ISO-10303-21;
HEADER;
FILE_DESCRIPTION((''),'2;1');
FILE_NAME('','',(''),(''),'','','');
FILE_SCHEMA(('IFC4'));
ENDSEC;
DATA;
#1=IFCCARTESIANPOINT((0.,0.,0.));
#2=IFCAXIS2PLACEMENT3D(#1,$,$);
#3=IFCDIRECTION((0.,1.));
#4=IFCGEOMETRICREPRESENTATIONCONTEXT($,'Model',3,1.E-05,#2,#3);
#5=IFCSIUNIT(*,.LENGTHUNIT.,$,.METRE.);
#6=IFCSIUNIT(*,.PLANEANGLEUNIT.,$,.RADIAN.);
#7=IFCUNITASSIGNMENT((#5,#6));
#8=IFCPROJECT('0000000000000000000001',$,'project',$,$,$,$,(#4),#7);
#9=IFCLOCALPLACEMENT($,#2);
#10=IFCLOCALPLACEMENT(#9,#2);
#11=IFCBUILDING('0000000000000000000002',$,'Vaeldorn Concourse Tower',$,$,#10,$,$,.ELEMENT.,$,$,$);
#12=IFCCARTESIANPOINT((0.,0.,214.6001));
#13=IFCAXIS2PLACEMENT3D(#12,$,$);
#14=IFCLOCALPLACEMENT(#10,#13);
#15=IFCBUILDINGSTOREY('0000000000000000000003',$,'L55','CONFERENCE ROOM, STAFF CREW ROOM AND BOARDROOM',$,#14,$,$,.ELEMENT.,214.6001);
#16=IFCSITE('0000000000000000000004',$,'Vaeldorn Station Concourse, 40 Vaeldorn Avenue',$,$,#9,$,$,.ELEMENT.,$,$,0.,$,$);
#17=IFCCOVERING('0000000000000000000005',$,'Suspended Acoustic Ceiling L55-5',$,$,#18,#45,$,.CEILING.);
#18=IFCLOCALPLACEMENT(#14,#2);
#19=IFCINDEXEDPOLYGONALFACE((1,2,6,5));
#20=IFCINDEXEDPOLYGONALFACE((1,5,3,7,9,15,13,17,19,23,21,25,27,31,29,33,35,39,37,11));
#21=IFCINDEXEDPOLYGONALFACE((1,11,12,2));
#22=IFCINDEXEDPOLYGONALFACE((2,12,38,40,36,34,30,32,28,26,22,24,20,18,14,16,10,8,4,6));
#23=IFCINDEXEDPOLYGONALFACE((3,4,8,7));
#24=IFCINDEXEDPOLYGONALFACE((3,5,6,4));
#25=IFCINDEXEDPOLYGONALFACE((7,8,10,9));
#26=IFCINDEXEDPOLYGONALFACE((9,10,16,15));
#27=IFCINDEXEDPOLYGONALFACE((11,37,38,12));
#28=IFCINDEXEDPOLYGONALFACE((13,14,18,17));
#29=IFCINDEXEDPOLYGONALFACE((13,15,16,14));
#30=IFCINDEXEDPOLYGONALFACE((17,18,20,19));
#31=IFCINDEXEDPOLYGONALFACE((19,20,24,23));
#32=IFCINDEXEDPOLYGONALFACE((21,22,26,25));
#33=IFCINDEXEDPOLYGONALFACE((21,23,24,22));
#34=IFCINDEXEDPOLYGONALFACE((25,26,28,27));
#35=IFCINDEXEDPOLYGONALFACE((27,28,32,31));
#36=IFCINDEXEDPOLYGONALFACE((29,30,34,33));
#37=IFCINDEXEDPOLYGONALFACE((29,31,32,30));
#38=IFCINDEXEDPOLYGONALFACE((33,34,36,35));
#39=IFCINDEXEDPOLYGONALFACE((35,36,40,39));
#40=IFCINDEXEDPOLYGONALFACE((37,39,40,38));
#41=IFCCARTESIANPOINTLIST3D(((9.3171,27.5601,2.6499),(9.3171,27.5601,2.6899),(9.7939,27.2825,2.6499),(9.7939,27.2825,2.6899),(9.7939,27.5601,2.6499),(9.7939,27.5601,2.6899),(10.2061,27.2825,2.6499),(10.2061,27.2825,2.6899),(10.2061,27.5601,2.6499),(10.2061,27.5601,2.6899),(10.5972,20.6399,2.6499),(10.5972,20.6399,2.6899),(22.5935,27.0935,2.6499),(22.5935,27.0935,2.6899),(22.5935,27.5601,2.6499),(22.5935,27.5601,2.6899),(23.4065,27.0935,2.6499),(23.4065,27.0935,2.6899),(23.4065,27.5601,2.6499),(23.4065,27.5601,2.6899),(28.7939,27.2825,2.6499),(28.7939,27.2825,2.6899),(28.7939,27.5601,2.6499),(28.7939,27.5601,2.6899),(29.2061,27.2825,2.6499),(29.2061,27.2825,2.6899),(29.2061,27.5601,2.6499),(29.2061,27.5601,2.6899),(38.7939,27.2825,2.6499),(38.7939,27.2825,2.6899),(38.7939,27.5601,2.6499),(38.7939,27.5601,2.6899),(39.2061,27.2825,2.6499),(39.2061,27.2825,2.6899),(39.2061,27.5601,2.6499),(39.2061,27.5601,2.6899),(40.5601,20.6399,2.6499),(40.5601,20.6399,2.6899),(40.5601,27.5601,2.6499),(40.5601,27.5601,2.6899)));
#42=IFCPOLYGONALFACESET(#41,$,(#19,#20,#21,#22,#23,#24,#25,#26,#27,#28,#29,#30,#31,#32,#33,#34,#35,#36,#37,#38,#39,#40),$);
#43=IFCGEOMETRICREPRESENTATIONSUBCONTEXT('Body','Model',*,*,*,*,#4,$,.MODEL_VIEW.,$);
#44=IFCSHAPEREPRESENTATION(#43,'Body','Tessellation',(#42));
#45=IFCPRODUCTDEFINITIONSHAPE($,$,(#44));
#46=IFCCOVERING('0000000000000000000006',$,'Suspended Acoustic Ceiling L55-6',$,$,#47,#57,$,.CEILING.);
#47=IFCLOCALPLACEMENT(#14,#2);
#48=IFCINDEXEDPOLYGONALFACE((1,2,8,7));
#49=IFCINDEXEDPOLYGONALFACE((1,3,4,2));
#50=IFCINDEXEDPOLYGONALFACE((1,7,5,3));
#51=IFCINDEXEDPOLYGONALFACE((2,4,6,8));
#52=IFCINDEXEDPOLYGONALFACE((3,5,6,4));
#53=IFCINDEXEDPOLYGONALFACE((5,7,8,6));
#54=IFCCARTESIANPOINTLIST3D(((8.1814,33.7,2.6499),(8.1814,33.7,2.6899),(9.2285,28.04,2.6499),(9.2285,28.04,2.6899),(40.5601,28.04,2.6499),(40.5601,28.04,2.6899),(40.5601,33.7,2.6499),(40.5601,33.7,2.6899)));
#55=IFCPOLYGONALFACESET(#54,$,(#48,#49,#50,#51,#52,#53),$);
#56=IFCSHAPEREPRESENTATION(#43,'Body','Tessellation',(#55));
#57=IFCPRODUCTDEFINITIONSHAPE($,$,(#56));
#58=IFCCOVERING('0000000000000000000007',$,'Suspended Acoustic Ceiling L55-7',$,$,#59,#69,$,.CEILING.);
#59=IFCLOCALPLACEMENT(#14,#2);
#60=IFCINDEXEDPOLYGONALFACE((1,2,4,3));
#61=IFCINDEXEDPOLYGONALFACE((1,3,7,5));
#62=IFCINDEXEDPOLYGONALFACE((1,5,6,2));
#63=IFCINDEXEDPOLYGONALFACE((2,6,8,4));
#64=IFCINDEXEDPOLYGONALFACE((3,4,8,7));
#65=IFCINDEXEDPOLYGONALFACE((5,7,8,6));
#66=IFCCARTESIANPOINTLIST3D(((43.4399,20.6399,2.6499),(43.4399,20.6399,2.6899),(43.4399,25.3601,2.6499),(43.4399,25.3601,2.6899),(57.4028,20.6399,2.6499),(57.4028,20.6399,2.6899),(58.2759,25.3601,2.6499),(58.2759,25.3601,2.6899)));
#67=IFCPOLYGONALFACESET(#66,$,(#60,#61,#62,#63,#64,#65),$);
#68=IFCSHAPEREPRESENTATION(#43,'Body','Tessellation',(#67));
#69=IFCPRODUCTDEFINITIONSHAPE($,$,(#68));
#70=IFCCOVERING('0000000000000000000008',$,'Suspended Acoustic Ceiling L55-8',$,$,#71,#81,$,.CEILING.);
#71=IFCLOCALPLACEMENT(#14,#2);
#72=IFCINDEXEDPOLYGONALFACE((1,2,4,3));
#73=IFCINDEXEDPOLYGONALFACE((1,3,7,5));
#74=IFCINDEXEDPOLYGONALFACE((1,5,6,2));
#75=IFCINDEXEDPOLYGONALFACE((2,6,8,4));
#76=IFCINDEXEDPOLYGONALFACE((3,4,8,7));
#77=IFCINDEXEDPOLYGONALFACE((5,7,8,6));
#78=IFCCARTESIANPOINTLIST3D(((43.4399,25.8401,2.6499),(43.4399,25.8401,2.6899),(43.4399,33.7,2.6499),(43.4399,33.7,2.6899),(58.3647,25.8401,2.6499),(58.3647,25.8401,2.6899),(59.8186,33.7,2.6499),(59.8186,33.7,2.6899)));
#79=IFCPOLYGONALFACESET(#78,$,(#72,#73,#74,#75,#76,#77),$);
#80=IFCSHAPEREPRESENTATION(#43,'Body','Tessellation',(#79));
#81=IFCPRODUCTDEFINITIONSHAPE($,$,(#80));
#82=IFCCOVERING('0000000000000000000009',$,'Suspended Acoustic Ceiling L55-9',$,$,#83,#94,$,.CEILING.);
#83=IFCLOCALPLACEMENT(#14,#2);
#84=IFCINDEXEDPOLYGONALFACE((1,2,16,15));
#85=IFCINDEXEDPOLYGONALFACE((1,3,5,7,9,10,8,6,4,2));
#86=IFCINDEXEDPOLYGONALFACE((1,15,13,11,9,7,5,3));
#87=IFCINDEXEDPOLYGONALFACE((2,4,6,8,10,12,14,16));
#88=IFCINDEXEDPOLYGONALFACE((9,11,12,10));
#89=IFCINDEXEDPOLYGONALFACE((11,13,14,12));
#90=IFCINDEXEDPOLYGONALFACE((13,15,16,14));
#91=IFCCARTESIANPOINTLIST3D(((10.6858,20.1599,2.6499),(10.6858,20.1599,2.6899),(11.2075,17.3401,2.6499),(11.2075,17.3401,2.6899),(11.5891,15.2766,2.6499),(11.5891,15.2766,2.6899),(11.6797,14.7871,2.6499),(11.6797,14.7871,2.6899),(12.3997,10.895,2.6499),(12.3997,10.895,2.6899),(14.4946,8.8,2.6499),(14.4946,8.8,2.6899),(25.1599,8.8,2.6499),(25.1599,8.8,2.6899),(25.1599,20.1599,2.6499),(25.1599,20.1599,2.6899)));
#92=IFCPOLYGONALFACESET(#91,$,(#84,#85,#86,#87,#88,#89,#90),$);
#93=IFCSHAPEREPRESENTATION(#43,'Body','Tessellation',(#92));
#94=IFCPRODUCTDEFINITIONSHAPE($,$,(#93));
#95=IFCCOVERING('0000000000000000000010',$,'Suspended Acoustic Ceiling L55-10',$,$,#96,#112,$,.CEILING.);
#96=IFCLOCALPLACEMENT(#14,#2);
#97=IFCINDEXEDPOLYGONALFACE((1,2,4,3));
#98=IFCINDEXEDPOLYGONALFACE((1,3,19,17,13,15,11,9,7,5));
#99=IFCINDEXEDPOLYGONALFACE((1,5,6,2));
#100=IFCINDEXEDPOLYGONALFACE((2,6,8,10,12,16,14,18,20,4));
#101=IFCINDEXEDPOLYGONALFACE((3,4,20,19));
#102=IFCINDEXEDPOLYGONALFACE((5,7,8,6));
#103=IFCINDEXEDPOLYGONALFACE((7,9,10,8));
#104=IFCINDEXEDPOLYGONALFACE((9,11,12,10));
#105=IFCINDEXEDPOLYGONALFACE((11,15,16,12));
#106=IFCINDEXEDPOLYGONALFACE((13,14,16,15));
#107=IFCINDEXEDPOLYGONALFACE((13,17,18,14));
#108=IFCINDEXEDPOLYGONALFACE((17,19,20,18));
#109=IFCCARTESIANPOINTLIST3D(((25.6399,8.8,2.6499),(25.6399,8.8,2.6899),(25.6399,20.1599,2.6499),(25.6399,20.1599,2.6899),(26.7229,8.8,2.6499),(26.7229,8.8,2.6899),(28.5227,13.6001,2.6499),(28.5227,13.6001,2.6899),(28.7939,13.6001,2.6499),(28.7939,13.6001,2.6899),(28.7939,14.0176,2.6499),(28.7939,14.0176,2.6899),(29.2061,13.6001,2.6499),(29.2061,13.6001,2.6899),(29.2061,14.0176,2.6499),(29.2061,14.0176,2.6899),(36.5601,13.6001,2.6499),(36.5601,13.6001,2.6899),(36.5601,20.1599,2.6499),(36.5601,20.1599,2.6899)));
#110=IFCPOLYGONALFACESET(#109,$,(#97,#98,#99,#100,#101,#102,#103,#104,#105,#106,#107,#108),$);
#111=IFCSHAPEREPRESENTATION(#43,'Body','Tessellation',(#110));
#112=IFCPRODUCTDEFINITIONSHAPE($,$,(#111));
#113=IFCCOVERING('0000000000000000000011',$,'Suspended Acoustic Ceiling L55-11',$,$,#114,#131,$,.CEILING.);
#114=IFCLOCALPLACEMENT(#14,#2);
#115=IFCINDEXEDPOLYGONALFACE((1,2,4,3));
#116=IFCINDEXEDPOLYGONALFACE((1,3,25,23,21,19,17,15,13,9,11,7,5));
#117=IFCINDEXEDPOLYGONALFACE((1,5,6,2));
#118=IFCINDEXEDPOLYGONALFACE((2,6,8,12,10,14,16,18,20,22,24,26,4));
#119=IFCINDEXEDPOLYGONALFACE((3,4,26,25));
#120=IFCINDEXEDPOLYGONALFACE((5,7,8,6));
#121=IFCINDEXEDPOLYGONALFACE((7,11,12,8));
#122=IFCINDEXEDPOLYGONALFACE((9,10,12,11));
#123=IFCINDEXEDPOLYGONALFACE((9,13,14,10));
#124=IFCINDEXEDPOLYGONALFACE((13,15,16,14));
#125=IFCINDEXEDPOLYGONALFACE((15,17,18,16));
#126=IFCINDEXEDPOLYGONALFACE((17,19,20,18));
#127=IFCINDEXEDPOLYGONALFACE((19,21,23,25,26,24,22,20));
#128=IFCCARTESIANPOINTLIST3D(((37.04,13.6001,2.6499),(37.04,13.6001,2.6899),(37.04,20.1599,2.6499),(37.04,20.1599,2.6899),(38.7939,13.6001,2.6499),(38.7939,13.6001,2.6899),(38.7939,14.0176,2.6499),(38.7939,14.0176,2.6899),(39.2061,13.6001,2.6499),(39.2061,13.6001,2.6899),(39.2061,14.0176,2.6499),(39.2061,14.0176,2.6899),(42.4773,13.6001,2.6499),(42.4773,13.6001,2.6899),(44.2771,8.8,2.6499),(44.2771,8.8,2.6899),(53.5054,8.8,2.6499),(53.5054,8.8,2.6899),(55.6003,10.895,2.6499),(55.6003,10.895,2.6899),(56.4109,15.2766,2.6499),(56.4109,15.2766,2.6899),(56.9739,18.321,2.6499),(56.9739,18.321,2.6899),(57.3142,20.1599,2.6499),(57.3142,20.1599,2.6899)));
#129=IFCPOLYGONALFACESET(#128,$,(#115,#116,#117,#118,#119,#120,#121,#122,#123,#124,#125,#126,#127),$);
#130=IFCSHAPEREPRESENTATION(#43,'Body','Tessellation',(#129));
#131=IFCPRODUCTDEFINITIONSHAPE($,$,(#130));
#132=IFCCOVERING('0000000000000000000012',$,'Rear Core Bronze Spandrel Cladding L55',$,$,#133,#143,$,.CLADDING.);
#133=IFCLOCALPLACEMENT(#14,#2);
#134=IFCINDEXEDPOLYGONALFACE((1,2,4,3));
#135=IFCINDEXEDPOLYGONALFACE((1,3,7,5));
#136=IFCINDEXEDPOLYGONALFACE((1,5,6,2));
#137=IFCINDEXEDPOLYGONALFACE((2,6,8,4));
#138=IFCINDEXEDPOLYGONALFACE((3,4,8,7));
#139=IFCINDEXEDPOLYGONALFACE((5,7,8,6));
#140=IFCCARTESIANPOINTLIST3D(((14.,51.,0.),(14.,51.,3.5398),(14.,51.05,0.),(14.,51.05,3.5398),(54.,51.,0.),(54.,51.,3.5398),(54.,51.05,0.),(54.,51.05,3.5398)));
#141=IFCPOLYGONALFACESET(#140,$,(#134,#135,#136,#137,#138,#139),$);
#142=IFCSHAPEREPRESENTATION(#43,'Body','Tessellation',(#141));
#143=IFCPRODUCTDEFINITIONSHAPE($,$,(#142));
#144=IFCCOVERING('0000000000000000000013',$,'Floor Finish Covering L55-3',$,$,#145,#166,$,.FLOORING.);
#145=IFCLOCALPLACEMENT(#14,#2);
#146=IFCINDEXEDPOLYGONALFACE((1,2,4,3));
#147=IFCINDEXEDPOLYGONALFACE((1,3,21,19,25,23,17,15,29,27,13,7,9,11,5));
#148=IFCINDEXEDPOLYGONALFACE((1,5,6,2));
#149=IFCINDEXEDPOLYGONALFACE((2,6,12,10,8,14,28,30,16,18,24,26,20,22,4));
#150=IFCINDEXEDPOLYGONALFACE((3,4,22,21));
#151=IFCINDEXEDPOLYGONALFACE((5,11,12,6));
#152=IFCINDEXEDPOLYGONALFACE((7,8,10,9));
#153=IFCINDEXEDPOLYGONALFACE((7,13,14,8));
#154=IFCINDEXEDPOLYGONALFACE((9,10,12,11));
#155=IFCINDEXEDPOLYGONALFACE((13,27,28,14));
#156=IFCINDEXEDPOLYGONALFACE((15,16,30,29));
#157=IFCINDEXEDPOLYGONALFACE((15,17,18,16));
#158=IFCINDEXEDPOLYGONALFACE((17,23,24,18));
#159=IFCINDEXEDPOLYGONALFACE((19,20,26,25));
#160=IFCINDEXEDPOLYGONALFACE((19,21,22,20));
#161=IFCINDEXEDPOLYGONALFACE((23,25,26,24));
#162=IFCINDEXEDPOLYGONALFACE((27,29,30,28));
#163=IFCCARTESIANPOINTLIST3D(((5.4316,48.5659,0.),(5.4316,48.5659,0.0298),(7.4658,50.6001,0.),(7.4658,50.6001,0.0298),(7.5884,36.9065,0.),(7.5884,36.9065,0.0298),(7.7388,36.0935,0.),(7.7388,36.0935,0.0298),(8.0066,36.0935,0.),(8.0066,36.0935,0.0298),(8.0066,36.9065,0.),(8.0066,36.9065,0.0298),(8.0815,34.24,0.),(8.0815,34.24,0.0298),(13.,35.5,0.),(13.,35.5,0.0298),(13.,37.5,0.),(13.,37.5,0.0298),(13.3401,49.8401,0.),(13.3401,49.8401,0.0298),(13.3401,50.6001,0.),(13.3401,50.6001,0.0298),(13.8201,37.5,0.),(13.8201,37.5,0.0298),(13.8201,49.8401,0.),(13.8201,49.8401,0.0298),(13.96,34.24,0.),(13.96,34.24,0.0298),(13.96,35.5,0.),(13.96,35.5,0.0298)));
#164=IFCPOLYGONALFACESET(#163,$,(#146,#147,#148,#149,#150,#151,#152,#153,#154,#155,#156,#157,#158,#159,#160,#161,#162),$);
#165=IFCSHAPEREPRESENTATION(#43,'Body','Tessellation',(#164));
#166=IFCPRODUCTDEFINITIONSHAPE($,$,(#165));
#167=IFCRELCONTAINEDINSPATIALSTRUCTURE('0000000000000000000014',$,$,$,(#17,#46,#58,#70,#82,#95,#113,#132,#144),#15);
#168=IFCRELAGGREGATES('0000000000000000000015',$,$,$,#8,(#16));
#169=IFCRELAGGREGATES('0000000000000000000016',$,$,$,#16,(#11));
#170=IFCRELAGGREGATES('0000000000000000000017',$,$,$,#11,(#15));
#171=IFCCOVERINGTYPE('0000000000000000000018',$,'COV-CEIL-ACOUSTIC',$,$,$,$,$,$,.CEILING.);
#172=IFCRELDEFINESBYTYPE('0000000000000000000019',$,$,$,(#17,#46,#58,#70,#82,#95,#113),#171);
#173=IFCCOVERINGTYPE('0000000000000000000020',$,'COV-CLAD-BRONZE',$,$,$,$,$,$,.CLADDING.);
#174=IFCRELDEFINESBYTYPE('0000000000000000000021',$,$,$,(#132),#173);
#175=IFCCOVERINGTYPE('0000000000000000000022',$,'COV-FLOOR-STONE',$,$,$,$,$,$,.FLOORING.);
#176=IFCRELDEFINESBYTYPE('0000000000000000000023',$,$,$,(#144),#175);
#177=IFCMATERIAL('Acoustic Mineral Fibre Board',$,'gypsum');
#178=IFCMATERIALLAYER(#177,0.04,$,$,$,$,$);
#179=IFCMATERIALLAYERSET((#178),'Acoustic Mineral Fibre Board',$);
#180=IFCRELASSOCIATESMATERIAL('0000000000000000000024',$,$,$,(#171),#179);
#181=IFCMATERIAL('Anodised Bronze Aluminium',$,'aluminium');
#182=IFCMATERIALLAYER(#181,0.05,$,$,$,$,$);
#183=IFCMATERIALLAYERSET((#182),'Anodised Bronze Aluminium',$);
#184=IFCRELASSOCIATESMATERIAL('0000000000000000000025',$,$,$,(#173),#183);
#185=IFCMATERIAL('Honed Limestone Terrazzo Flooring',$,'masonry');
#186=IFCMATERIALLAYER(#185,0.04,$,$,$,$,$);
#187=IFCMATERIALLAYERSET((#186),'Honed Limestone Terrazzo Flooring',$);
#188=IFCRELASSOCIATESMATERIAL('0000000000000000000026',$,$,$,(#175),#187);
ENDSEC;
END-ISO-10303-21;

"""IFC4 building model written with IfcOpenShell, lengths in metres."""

from ifc_helpers import new_model, si_unit, direction, frame, origin, place, context, subcontext, project, spatial, polyline, outline, extrude, material, layer, layer_set, type_object, element, save


model = new_model("IFC4")

# Units and contexts
model_context = context("Model", 3, precision=1e-05, world=origin(), true_north=direction((0.0, 1.0)))
body_context = subcontext(model_context, "Body", "Model", "MODEL_VIEW")
ifc_project = project(units=[si_unit("LENGTHUNIT", "METRE"), si_unit("PLANEANGLEUNIT", "RADIAN")], contexts=[model_context])

# Site, building, storey
site_placement = place(None, origin())
site = spatial("IfcSite", under=ifc_project, at=site_placement, Name="Vaeldorn Station Concourse, 40 Vaeldorn Avenue", CompositionType="ELEMENT", RefElevation=0.0)
building_placement = place(site_placement, origin())
building = spatial("IfcBuilding", under=site, at=building_placement, Name="Vaeldorn Concourse Tower", CompositionType="ELEMENT")
storey_placement = place(building_placement, frame((0.0, 0.0, 214.6001)))
storey = spatial("IfcBuildingStorey", under=building, at=storey_placement, Name="L55", Description="CONFERENCE ROOM, STAFF CREW ROOM AND BOARDROOM", CompositionType="ELEMENT", Elevation=214.6001)

# Shared definitions
ifc_material_1 = material(Name="Anodised Bronze Aluminium", Category="aluminium")

# Coverings
ifc_material_2 = material(Name="Acoustic Mineral Fibre Board", Category="gypsum")
ifc_layer_1 = layer(ifc_material_2, 0.04)
ifc_layer_set_1 = layer_set([ifc_layer_1], Name="Acoustic Mineral Fibre Board")
covering_type_1 = type_object("IfcCoveringType", Name="COV-CEIL-ACOUSTIC", PredefinedType="CEILING", material=ifc_layer_set_1)
covering_1_placement = place(storey_placement, frame((0.0, 0.0, 2.6499)))
element("IfcCovering", 1, at=covering_1_placement, inside=storey, type_object=covering_type_1, Name="Suspended Acoustic Ceiling L55-5", PredefinedType="CEILING", context=body_context, shape_type="SweptSolid", body=[
    extrude(outline(polyline([(9.7939, 27.5601), (9.7939, 27.2825), (10.2061, 27.2825), (10.2061, 27.5601), (22.5935, 27.5601), (22.5935, 27.0935), (23.4065, 27.0935), (23.4065, 27.5601), (28.7939, 27.5601), (28.7939, 27.2825), (29.2061, 27.2825), (29.2061, 27.5601), (38.7939, 27.5601), (38.7939, 27.2825), (39.2061, 27.2825), (39.2061, 27.5601), (40.5601, 27.5601), (40.5601, 20.6399), (10.5972, 20.6399), (9.3171, 27.5601), (9.7939, 27.5601)])), origin(), (0.0, 0.0, 1.0), 0.04),
])
covering_2_placement = place(storey_placement, frame((0.0, 0.0, 2.6499)))
element("IfcCovering", 2, at=covering_2_placement, inside=storey, type_object=covering_type_1, Name="Suspended Acoustic Ceiling L55-6", PredefinedType="CEILING", context=body_context, shape_type="SweptSolid", body=[
    extrude(outline(polyline([(40.5601, 33.7), (40.5601, 28.04), (9.2285, 28.04), (8.1814, 33.7), (40.5601, 33.7)])), origin(), (0.0, 0.0, 1.0), 0.04),
])
covering_3_placement = place(storey_placement, frame((0.0, 0.0, 2.6499)))
element("IfcCovering", 3, at=covering_3_placement, inside=storey, type_object=covering_type_1, Name="Suspended Acoustic Ceiling L55-7", PredefinedType="CEILING", context=body_context, shape_type="SweptSolid", body=[
    extrude(outline(polyline([(43.4399, 20.6399), (43.4399, 25.3601), (58.2759, 25.3601), (57.4028, 20.6399), (43.4399, 20.6399)])), origin(), (0.0, 0.0, 1.0), 0.04),
])
covering_4_placement = place(storey_placement, frame((0.0, 0.0, 2.6499)))
element("IfcCovering", 4, at=covering_4_placement, inside=storey, type_object=covering_type_1, Name="Suspended Acoustic Ceiling L55-8", PredefinedType="CEILING", context=body_context, shape_type="SweptSolid", body=[
    extrude(outline(polyline([(43.4399, 25.8401), (43.4399, 33.7), (59.8186, 33.7), (58.3647, 25.8401), (43.4399, 25.8401)])), origin(), (0.0, 0.0, 1.0), 0.04),
])
covering_5_placement = place(storey_placement, frame((0.0, 0.0, 2.6499)))
element("IfcCovering", 5, at=covering_5_placement, inside=storey, type_object=covering_type_1, Name="Suspended Acoustic Ceiling L55-9", PredefinedType="CEILING", context=body_context, shape_type="SweptSolid", body=[
    extrude(outline(polyline([(25.1599, 20.1599), (25.1599, 8.8), (14.4946, 8.8), (12.3997, 10.895), (11.6797, 14.7871), (11.5891, 15.2766), (11.2075, 17.3401), (11.2075, 17.3401), (10.6858, 20.1599), (25.1599, 20.1599)])), origin(), (0.0, 0.0, 1.0), 0.04),
])
covering_6_placement = place(storey_placement, frame((0.0, 0.0, 2.6499)))
element("IfcCovering", 6, at=covering_6_placement, inside=storey, type_object=covering_type_1, Name="Suspended Acoustic Ceiling L55-10", PredefinedType="CEILING", context=body_context, shape_type="SweptSolid", body=[
    extrude(outline(polyline([(26.7229, 8.8), (25.6399, 8.8), (25.6399, 20.1599), (36.5601, 20.1599), (36.5601, 13.6001), (29.2061, 13.6001), (29.2061, 14.0176), (28.7939, 14.0176), (28.7939, 13.6001), (28.5227, 13.6001), (26.7229, 8.8)])), origin(), (0.0, 0.0, 1.0), 0.04),
])
covering_7_placement = place(storey_placement, frame((0.0, 0.0, 2.6499)))
element("IfcCovering", 7, at=covering_7_placement, inside=storey, type_object=covering_type_1, Name="Suspended Acoustic Ceiling L55-11", PredefinedType="CEILING", context=body_context, shape_type="SweptSolid", body=[
    extrude(outline(polyline([(37.04, 20.1599), (57.3142, 20.1599), (56.9739, 18.321), (56.4109, 15.2766), (55.6003, 10.895), (53.5054, 8.8), (44.2771, 8.8), (42.4773, 13.6001), (39.2061, 13.6001), (39.2061, 14.0176), (38.7939, 14.0176), (38.7939, 13.6001), (37.04, 13.6001), (37.04, 20.1599)])), origin(), (0.0, 0.0, 1.0), 0.04),
])
ifc_layer_2 = layer(ifc_material_1, 0.05)
ifc_layer_set_2 = layer_set([ifc_layer_2], Name="Anodised Bronze Aluminium")
covering_type_2 = type_object("IfcCoveringType", Name="COV-CLAD-BRONZE", PredefinedType="CLADDING", material=ifc_layer_set_2)
covering_8_placement = place(storey_placement, origin())
element("IfcCovering", 8, at=covering_8_placement, inside=storey, type_object=covering_type_2, Name="Rear Core Bronze Spandrel Cladding L55", PredefinedType="CLADDING", context=body_context, shape_type="SweptSolid", body=[
    extrude(outline(polyline([(14.0, 51.0), (54.0, 51.0), (54.0, 51.05), (14.0, 51.05), (14.0, 51.0)])), origin(), (0.0, 0.0, 1.0), 3.5398),
])
ifc_material_3 = material(Name="Honed Limestone Terrazzo Flooring", Category="masonry")
ifc_layer_3 = layer(ifc_material_3, 0.04)
ifc_layer_set_3 = layer_set([ifc_layer_3], Name="Honed Limestone Terrazzo Flooring")
covering_type_3 = type_object("IfcCoveringType", Name="COV-FLOOR-STONE", PredefinedType="FLOORING", material=ifc_layer_set_3)
covering_9_placement = place(storey_placement, origin())
element("IfcCovering", 9, at=covering_9_placement, inside=storey, type_object=covering_type_3, Name="Floor Finish Covering L55-3", PredefinedType="FLOORING", context=body_context, shape_type="SweptSolid", body=[
    extrude(outline(polyline([(7.4658, 50.6001), (13.3401, 50.6001), (13.3401, 49.8401), (13.8201, 49.8401), (13.8201, 37.5), (13.0, 37.5), (13.0, 35.5), (13.96, 35.5), (13.96, 34.24), (8.0815, 34.24), (7.7388, 36.0935), (8.0066, 36.0935), (8.0066, 36.9065), (7.5884, 36.9065), (5.4316, 48.5659), (7.4658, 50.6001)])), origin(), (0.0, 0.0, 1.0), 0.0298),
])

save(model, "model.ifc")
